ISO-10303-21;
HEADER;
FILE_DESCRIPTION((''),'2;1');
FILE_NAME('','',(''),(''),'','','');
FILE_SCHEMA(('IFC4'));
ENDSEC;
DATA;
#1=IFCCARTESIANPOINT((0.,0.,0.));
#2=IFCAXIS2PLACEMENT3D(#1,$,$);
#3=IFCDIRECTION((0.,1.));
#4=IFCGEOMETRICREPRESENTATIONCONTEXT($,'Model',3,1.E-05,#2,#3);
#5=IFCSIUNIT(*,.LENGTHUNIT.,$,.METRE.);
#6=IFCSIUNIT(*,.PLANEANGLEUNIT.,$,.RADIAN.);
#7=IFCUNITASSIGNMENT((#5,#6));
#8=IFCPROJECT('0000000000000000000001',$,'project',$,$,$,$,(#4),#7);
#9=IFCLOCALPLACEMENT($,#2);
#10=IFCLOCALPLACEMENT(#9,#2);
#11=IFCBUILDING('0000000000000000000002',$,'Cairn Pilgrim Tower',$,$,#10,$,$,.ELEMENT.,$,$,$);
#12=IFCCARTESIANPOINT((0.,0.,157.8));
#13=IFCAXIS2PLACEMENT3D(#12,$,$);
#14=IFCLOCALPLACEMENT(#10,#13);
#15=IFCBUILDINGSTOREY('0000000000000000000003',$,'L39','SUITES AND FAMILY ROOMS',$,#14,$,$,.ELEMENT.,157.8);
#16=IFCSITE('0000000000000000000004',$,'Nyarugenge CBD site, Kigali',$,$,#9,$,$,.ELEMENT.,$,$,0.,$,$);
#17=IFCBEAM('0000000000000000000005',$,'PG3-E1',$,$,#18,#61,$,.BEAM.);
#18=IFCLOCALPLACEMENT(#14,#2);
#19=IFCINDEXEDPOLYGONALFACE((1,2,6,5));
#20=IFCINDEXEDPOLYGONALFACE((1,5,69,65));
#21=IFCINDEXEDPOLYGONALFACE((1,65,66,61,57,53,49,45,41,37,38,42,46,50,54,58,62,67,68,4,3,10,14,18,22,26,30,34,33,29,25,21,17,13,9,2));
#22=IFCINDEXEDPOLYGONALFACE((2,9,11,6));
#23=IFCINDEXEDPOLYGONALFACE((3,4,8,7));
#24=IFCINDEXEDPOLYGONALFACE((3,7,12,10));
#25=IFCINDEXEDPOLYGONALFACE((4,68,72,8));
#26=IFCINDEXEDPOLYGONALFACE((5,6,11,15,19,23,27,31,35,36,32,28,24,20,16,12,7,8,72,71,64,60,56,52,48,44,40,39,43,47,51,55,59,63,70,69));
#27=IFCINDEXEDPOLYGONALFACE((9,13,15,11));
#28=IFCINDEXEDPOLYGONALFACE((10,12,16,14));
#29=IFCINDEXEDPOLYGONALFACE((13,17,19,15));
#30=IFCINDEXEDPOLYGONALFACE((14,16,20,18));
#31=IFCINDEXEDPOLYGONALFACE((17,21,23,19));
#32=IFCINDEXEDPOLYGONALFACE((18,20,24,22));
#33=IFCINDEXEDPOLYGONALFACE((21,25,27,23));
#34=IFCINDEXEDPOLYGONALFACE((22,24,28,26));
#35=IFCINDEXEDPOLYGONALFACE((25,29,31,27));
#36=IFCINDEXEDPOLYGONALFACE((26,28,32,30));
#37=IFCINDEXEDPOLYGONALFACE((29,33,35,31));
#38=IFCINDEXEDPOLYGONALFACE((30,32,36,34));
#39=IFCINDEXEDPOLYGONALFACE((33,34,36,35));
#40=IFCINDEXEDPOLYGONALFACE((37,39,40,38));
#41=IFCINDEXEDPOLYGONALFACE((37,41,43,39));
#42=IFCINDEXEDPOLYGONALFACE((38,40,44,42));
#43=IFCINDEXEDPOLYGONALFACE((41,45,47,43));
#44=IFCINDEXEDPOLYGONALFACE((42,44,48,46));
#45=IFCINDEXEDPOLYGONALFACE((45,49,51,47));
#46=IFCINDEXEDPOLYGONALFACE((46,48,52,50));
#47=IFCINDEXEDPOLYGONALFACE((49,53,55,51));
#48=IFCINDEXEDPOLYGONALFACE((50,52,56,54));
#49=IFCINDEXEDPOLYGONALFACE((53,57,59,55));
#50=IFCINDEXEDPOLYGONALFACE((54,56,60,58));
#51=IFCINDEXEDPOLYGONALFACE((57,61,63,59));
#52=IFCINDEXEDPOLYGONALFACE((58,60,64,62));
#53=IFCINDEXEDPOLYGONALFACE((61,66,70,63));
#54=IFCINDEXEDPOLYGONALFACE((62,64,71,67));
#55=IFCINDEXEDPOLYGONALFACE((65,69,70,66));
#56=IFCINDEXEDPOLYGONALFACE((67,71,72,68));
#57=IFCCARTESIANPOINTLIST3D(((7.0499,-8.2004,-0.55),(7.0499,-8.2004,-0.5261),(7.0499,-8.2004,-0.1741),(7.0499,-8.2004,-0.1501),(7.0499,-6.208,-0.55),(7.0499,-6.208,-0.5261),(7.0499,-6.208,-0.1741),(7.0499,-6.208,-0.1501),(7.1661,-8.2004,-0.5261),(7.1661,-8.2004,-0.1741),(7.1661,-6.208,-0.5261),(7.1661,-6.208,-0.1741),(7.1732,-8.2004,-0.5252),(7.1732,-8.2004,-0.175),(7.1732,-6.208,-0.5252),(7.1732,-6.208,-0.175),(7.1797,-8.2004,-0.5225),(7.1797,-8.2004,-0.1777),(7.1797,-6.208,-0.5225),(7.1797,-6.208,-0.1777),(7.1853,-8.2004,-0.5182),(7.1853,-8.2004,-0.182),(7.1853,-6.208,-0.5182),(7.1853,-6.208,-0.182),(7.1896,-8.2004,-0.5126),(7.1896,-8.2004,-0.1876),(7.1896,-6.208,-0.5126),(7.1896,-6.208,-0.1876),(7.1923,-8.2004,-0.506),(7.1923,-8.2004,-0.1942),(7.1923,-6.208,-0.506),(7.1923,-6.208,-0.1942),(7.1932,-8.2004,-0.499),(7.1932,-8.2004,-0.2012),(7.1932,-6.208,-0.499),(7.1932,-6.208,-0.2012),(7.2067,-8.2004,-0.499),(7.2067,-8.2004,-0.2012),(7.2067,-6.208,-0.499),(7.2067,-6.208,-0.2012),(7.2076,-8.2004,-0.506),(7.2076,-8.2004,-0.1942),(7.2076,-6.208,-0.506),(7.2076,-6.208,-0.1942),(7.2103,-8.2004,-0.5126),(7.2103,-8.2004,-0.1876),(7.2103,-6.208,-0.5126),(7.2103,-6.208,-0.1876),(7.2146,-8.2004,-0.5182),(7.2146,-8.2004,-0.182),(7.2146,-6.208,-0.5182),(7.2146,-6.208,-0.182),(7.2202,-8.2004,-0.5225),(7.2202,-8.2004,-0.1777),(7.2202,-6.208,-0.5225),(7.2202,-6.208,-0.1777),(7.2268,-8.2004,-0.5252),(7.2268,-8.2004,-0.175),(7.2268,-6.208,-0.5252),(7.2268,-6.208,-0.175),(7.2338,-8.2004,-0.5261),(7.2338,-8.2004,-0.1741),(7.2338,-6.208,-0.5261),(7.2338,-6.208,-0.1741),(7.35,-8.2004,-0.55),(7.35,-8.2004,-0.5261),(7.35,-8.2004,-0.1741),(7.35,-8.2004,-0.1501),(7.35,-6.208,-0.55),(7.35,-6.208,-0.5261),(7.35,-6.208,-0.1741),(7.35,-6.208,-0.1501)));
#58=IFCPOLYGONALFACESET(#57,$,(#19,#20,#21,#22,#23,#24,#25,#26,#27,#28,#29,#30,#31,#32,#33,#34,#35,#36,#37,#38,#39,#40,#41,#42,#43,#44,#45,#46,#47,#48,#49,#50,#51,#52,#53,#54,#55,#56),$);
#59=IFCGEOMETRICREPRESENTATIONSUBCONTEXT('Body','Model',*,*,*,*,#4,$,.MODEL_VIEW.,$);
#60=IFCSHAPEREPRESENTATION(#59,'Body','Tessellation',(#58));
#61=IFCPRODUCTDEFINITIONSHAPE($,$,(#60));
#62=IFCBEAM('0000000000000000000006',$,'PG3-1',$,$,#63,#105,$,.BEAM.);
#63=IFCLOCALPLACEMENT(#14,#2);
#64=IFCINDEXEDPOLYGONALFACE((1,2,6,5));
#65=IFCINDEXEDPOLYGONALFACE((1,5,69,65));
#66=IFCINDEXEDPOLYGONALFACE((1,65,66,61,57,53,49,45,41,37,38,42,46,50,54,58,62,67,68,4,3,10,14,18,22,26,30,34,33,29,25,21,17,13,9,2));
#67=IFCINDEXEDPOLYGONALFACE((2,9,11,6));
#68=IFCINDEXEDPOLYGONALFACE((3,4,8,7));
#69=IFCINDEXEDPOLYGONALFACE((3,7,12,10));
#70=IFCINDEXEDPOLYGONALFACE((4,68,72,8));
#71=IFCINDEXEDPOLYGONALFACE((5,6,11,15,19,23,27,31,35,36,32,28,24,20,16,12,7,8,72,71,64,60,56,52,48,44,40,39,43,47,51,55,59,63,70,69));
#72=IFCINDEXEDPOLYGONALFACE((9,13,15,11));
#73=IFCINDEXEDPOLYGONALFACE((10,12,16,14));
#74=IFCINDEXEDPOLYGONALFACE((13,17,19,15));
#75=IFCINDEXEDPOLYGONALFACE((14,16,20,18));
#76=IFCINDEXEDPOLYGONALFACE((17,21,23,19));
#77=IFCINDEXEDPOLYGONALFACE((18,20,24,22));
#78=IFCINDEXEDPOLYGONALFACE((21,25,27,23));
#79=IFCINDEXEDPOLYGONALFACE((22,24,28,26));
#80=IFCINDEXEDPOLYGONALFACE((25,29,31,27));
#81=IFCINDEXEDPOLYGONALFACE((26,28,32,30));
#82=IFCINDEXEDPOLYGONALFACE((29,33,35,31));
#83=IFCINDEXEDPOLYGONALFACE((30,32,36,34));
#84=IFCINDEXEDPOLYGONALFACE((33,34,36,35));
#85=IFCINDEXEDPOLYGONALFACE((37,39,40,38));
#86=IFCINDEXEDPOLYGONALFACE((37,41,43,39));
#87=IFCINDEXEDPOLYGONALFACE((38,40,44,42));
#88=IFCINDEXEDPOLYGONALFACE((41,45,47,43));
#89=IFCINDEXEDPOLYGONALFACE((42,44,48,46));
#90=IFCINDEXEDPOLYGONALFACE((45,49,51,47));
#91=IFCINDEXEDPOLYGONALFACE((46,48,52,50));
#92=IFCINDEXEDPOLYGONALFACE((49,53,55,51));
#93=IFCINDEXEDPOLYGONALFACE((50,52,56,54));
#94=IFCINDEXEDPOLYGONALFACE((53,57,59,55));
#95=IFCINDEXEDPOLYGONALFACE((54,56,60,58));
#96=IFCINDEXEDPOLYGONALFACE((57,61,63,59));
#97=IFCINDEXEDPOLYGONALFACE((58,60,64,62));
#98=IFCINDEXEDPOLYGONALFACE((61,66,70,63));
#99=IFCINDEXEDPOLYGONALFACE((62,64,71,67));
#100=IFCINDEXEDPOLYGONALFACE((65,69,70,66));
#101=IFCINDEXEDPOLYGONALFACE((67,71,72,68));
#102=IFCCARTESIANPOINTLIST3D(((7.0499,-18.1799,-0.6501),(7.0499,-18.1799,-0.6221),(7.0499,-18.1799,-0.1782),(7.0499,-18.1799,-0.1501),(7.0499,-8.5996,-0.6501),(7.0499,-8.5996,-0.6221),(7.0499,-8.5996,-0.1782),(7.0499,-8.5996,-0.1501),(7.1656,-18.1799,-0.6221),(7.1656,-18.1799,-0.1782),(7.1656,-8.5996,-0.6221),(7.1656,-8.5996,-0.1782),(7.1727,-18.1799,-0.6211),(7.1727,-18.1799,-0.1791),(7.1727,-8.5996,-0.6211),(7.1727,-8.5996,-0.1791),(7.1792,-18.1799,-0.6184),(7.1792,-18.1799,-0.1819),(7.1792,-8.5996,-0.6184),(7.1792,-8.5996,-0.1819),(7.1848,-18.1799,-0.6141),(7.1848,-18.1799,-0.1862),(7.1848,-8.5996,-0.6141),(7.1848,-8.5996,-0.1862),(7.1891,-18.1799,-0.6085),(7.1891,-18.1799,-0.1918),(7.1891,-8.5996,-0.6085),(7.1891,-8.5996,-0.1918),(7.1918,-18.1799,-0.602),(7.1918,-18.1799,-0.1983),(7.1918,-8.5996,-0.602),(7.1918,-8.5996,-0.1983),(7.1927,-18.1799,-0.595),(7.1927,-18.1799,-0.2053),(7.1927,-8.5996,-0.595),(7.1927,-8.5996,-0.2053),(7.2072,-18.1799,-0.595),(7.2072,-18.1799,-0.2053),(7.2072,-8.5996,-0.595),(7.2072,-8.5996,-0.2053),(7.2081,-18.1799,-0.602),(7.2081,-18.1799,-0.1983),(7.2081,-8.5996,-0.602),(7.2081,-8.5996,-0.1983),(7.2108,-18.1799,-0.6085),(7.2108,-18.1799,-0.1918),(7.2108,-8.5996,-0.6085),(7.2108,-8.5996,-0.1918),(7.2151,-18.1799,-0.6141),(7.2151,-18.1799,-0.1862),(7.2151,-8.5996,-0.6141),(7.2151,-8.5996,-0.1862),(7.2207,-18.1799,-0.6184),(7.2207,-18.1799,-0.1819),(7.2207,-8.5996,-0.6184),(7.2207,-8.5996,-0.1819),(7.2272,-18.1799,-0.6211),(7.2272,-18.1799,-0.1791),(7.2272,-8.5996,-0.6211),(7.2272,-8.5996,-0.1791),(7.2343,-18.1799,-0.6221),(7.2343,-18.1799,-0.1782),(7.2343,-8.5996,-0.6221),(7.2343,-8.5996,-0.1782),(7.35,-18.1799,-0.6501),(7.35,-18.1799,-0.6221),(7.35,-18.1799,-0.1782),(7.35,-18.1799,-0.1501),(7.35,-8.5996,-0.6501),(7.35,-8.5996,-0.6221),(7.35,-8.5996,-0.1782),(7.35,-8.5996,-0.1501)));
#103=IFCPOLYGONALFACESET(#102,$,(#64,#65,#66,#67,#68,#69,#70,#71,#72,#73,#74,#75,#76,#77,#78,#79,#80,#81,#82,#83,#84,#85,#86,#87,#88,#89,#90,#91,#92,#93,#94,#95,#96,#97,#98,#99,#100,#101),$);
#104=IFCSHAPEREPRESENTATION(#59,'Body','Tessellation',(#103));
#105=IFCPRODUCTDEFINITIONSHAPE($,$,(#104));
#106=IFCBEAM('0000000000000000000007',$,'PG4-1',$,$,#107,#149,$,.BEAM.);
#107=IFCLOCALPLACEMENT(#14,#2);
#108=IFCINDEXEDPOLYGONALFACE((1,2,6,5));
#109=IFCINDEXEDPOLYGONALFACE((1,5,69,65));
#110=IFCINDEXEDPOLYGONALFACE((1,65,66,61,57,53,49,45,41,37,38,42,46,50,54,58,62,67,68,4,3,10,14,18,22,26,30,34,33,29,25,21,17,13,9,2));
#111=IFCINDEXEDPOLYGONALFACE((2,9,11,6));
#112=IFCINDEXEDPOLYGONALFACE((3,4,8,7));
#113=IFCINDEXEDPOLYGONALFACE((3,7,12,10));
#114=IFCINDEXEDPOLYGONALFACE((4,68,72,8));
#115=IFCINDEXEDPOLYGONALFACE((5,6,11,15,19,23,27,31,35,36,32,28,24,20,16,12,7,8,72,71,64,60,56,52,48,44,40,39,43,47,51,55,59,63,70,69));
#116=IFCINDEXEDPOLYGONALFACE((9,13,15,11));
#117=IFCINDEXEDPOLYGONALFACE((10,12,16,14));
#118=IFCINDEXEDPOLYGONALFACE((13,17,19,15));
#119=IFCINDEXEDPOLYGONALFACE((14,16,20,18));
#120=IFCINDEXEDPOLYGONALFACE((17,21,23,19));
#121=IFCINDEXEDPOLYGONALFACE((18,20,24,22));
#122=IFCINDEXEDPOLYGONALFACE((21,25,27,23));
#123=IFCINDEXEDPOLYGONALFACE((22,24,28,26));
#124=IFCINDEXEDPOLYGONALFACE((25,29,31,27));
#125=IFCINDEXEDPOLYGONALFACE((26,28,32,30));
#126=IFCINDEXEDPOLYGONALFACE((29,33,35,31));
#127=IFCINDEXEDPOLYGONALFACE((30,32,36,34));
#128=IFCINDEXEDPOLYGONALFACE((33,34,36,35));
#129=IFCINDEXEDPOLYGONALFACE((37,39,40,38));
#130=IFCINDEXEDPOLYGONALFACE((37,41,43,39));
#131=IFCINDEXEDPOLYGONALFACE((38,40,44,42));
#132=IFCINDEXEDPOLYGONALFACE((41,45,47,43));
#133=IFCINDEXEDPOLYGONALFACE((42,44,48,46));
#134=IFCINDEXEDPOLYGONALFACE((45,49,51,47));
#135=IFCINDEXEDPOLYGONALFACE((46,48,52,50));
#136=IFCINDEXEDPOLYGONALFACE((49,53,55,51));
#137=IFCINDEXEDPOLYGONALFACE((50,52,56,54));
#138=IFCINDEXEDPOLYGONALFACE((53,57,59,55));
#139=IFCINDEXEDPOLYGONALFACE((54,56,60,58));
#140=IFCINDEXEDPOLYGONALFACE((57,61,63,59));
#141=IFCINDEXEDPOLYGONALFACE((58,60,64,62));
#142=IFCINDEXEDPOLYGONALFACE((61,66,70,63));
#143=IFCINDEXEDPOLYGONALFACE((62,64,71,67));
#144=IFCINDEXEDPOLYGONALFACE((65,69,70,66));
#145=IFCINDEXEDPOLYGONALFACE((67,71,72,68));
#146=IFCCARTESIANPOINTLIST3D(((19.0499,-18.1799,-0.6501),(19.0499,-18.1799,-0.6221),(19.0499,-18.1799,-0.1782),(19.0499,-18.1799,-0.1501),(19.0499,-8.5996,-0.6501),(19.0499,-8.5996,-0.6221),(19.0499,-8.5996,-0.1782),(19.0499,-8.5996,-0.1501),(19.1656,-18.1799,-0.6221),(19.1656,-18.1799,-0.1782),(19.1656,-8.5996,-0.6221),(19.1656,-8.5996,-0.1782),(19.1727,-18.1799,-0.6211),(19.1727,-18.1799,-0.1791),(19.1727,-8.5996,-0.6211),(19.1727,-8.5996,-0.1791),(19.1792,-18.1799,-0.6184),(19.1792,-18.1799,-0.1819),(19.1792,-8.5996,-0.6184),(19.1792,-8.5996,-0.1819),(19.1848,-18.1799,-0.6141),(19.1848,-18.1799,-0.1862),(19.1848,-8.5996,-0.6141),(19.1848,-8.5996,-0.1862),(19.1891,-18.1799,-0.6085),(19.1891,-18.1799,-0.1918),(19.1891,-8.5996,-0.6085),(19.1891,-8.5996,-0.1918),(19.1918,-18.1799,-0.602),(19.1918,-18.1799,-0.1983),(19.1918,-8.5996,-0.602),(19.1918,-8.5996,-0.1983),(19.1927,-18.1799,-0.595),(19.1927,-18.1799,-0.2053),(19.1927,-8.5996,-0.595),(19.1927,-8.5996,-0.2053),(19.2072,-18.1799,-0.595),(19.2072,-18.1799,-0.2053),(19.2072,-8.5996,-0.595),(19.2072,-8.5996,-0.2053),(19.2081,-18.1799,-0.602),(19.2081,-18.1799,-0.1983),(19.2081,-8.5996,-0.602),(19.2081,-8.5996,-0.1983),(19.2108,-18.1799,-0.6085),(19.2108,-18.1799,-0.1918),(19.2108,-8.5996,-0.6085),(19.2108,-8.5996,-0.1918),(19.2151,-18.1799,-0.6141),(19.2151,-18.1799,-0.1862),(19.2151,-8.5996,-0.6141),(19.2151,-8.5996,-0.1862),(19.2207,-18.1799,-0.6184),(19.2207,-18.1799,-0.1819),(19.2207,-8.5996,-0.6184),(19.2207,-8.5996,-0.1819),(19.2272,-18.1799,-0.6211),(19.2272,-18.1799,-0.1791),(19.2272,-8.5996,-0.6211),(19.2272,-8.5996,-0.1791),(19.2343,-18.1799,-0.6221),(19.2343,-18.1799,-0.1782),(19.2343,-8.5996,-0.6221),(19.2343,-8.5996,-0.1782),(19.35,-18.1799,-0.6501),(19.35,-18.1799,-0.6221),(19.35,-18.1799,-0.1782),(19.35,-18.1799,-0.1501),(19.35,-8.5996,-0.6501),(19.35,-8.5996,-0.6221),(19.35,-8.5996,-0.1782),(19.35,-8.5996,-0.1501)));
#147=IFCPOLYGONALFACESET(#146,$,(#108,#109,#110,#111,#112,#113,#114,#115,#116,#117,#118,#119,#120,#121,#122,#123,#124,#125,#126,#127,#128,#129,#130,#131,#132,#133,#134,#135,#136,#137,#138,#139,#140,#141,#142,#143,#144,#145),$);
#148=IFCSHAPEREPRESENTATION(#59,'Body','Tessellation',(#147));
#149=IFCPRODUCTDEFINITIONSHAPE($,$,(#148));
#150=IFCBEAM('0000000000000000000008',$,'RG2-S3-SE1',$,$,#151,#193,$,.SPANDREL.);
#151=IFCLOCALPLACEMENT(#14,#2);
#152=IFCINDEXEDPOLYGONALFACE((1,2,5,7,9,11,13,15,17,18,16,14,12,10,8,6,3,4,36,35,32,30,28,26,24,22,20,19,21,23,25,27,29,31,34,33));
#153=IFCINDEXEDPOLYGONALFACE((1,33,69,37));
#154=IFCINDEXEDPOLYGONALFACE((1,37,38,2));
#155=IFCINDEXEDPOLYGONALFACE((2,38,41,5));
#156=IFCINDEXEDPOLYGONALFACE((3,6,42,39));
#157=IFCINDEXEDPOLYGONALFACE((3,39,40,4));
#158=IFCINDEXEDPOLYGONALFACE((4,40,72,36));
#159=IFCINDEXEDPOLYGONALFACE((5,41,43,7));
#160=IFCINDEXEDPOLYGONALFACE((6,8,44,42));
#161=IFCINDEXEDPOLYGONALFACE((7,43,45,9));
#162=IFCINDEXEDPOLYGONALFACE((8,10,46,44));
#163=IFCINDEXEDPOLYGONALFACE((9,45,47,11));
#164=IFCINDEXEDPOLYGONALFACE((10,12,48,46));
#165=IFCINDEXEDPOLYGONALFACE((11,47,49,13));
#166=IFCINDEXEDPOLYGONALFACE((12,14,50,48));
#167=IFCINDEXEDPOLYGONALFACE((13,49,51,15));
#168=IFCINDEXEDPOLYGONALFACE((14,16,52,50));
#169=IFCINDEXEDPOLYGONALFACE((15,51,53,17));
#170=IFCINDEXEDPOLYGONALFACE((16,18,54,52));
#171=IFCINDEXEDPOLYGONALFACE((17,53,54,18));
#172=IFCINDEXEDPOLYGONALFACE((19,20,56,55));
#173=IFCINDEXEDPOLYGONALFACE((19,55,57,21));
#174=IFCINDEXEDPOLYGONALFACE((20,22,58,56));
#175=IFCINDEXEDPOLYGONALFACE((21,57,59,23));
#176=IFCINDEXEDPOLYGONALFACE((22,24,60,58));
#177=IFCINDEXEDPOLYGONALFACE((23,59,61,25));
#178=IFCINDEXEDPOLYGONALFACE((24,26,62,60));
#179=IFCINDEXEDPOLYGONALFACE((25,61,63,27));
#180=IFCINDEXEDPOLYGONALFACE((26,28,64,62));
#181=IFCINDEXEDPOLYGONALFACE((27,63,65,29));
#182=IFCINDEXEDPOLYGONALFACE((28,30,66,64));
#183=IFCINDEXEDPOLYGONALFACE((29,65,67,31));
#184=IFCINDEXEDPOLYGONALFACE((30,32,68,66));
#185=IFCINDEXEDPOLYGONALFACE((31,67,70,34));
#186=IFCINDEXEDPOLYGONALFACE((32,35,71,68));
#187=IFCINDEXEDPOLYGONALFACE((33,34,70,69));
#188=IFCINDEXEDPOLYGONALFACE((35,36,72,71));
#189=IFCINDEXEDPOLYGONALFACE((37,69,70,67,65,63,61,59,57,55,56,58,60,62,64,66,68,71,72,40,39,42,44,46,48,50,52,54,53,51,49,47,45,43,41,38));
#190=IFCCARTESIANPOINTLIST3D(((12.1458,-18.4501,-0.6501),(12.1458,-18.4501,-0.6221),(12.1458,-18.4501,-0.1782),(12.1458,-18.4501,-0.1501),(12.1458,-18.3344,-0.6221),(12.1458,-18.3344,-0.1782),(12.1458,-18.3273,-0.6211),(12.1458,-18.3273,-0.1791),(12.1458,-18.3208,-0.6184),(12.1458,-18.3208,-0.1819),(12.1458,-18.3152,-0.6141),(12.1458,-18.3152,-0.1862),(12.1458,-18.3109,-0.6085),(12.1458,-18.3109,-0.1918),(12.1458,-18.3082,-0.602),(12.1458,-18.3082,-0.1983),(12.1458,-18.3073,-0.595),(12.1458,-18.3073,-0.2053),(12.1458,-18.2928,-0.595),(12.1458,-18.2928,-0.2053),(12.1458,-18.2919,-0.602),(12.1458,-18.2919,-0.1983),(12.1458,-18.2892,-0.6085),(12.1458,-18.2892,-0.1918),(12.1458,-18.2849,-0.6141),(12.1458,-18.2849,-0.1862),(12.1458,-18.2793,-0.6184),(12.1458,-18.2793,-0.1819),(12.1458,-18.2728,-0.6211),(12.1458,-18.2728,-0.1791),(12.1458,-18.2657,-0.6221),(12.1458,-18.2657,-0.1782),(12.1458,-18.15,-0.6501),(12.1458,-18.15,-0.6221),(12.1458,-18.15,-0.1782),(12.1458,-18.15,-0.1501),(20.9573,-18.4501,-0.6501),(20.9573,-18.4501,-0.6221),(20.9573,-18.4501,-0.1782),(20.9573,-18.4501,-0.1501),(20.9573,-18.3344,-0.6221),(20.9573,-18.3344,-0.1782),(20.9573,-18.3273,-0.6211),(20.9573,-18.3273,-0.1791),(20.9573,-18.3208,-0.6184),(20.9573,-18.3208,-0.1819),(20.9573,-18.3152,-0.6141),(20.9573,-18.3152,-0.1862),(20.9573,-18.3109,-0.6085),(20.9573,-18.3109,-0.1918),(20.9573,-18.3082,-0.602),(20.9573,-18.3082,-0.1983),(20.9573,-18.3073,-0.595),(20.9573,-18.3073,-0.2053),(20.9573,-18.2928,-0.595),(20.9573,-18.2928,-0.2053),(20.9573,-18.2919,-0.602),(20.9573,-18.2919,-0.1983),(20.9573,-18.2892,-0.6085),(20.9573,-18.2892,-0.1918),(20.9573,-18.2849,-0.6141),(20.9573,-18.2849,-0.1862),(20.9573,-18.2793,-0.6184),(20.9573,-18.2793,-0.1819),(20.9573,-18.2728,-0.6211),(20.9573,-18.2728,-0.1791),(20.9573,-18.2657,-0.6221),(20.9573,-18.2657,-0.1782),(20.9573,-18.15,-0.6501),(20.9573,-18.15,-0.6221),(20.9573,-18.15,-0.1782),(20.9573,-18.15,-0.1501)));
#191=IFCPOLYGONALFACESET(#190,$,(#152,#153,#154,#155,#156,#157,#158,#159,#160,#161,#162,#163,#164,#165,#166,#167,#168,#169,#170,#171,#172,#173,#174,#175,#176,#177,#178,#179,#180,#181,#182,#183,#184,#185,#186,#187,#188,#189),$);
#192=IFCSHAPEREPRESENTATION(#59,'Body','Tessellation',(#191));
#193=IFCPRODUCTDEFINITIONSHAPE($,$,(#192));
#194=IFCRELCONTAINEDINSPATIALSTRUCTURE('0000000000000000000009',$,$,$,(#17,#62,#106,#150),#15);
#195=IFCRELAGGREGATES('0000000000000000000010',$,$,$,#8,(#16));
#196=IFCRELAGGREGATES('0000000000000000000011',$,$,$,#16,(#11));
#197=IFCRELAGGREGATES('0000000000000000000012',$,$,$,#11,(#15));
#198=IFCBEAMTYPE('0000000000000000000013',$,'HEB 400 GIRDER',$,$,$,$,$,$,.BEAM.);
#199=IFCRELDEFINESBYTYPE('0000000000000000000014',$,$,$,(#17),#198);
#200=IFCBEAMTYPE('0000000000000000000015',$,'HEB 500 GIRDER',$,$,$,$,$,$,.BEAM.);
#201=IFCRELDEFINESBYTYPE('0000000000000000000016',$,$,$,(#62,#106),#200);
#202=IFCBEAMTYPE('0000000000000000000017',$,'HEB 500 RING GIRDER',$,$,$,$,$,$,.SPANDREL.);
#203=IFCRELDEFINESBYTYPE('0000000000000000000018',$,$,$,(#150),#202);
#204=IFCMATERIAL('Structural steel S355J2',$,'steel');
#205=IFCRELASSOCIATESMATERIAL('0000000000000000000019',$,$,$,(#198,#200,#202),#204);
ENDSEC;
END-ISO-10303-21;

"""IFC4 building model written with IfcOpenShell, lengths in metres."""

from ifc_helpers import new_model, si_unit, direction, frame, origin, origin_2d, place, context, subcontext, project, spatial, i_section, extrude, material, material_profile, profile_set, type_object, element, save


model = new_model("IFC4")

# Units and contexts
model_context = context("Model", 3, precision=1e-05, world=origin(), true_north=direction((0.0, 1.0)))
body_context = subcontext(model_context, "Body", "Model", "MODEL_VIEW")
ifc_project = project(units=[si_unit("LENGTHUNIT", "METRE"), si_unit("PLANEANGLEUNIT", "RADIAN")], contexts=[model_context])

# Site, building, storey
site_placement = place(None, origin())
site = spatial("IfcSite", under=ifc_project, at=site_placement, Name="Nyarugenge CBD site, Kigali", CompositionType="ELEMENT", RefElevation=0.0)
building_placement = place(site_placement, origin())
building = spatial("IfcBuilding", under=site, at=building_placement, Name="Cairn Pilgrim Tower", CompositionType="ELEMENT")
storey_placement = place(building_placement, frame((0.0, 0.0, 157.8)))
storey = spatial("IfcBuildingStorey", under=building, at=storey_placement, Name="L39", Description="SUITES AND FAMILY ROOMS", CompositionType="ELEMENT", Elevation=157.8)

# Shared definitions
ifc_material_1 = material(Name="Structural steel S355J2", Category="steel")

# Beams
ifc_material_profile_1 = material_profile(ifc_material_1, i_section(OverallWidth=0.3, OverallDepth=0.3999, WebThickness=0.0134, FlangeThickness=0.0239, FilletRadius=0.0271, at=origin_2d()), Name="HEB 400")
ifc_profile_set_1 = profile_set([ifc_material_profile_1], Name="Structural steel S355J2")
beam_type_1 = type_object("IfcBeamType", Name="HEB 400 GIRDER", PredefinedType="BEAM", material=ifc_profile_set_1)
beam_1_placement = place(storey_placement, frame((7.2, -8.2004, -0.3501), z_axis=(0.0, 1.0, 0.0), x_axis=(-1.0, 0.0, 0.0)))
element("IfcBeam", 1, at=beam_1_placement, inside=storey, type_object=beam_type_1, Name="PG3-E1", PredefinedType="BEAM", context=body_context, shape_type="SweptSolid", body=[
    extrude(i_section(OverallWidth=0.3, OverallDepth=0.3999, WebThickness=0.0134, FlangeThickness=0.0239, FilletRadius=0.0271, at=origin_2d()), origin(), (0.0, 0.0, 1.0), 1.9924),
])
ifc_material_profile_2 = material_profile(ifc_material_1, i_section(OverallWidth=0.3, OverallDepth=0.5, WebThickness=0.0144, FlangeThickness=0.0281, FilletRadius=0.0271, at=origin_2d()), Name="HEB 500")
ifc_profile_set_2 = profile_set([ifc_material_profile_2], Name="Structural steel S355J2")
beam_type_2 = type_object("IfcBeamType", Name="HEB 500 GIRDER", PredefinedType="BEAM", material=ifc_profile_set_2)
for number, where, z_axis, x_axis, name in (
    (2, (7.2, -18.1799, -0.4001), (0.0, 1.0, 0.0), (-1.0, 0.0, 0.0), "PG3-1"),
    (3, (19.2, -18.1799, -0.4001), (0.0, 1.0, 0.0), (-1.0, 0.0, 0.0), "PG4-1"),
):
    element("IfcBeam", number, at=place(storey_placement, frame(where, z_axis=z_axis, x_axis=x_axis)), inside=storey, type_object=beam_type_2, Name=name, PredefinedType="BEAM", context=body_context, shape_type="SweptSolid", body=[
        extrude(i_section(OverallWidth=0.3, OverallDepth=0.5, WebThickness=0.0144, FlangeThickness=0.0281, FilletRadius=0.0271, at=origin_2d()), origin(), (0.0, 0.0, 1.0), 9.5803),
    ])
ifc_material_profile_3 = material_profile(ifc_material_1, i_section(OverallWidth=0.3, OverallDepth=0.5, WebThickness=0.0144, FlangeThickness=0.0281, FilletRadius=0.0271, at=origin_2d()), Name="HEB 500")
ifc_profile_set_3 = profile_set([ifc_material_profile_3], Name="Structural steel S355J2")
beam_type_3 = type_object("IfcBeamType", Name="HEB 500 RING GIRDER", PredefinedType="SPANDREL", material=ifc_profile_set_3)
beam_2_placement = place(storey_placement, frame((12.1458, -18.3, -0.4001), z_axis=(1.0, 0.0, 0.0), x_axis=(0.0, 1.0, 0.0)))
element("IfcBeam", 4, at=beam_2_placement, inside=storey, type_object=beam_type_3, Name="RG2-S3-SE1", PredefinedType="SPANDREL", context=body_context, shape_type="SweptSolid", body=[
    extrude(i_section(OverallWidth=0.3, OverallDepth=0.5, WebThickness=0.0144, FlangeThickness=0.0281, FilletRadius=0.0271, at=origin_2d()), origin(), (0.0, 0.0, 1.0), 8.8115),
])

save(model, "model.ifc")
